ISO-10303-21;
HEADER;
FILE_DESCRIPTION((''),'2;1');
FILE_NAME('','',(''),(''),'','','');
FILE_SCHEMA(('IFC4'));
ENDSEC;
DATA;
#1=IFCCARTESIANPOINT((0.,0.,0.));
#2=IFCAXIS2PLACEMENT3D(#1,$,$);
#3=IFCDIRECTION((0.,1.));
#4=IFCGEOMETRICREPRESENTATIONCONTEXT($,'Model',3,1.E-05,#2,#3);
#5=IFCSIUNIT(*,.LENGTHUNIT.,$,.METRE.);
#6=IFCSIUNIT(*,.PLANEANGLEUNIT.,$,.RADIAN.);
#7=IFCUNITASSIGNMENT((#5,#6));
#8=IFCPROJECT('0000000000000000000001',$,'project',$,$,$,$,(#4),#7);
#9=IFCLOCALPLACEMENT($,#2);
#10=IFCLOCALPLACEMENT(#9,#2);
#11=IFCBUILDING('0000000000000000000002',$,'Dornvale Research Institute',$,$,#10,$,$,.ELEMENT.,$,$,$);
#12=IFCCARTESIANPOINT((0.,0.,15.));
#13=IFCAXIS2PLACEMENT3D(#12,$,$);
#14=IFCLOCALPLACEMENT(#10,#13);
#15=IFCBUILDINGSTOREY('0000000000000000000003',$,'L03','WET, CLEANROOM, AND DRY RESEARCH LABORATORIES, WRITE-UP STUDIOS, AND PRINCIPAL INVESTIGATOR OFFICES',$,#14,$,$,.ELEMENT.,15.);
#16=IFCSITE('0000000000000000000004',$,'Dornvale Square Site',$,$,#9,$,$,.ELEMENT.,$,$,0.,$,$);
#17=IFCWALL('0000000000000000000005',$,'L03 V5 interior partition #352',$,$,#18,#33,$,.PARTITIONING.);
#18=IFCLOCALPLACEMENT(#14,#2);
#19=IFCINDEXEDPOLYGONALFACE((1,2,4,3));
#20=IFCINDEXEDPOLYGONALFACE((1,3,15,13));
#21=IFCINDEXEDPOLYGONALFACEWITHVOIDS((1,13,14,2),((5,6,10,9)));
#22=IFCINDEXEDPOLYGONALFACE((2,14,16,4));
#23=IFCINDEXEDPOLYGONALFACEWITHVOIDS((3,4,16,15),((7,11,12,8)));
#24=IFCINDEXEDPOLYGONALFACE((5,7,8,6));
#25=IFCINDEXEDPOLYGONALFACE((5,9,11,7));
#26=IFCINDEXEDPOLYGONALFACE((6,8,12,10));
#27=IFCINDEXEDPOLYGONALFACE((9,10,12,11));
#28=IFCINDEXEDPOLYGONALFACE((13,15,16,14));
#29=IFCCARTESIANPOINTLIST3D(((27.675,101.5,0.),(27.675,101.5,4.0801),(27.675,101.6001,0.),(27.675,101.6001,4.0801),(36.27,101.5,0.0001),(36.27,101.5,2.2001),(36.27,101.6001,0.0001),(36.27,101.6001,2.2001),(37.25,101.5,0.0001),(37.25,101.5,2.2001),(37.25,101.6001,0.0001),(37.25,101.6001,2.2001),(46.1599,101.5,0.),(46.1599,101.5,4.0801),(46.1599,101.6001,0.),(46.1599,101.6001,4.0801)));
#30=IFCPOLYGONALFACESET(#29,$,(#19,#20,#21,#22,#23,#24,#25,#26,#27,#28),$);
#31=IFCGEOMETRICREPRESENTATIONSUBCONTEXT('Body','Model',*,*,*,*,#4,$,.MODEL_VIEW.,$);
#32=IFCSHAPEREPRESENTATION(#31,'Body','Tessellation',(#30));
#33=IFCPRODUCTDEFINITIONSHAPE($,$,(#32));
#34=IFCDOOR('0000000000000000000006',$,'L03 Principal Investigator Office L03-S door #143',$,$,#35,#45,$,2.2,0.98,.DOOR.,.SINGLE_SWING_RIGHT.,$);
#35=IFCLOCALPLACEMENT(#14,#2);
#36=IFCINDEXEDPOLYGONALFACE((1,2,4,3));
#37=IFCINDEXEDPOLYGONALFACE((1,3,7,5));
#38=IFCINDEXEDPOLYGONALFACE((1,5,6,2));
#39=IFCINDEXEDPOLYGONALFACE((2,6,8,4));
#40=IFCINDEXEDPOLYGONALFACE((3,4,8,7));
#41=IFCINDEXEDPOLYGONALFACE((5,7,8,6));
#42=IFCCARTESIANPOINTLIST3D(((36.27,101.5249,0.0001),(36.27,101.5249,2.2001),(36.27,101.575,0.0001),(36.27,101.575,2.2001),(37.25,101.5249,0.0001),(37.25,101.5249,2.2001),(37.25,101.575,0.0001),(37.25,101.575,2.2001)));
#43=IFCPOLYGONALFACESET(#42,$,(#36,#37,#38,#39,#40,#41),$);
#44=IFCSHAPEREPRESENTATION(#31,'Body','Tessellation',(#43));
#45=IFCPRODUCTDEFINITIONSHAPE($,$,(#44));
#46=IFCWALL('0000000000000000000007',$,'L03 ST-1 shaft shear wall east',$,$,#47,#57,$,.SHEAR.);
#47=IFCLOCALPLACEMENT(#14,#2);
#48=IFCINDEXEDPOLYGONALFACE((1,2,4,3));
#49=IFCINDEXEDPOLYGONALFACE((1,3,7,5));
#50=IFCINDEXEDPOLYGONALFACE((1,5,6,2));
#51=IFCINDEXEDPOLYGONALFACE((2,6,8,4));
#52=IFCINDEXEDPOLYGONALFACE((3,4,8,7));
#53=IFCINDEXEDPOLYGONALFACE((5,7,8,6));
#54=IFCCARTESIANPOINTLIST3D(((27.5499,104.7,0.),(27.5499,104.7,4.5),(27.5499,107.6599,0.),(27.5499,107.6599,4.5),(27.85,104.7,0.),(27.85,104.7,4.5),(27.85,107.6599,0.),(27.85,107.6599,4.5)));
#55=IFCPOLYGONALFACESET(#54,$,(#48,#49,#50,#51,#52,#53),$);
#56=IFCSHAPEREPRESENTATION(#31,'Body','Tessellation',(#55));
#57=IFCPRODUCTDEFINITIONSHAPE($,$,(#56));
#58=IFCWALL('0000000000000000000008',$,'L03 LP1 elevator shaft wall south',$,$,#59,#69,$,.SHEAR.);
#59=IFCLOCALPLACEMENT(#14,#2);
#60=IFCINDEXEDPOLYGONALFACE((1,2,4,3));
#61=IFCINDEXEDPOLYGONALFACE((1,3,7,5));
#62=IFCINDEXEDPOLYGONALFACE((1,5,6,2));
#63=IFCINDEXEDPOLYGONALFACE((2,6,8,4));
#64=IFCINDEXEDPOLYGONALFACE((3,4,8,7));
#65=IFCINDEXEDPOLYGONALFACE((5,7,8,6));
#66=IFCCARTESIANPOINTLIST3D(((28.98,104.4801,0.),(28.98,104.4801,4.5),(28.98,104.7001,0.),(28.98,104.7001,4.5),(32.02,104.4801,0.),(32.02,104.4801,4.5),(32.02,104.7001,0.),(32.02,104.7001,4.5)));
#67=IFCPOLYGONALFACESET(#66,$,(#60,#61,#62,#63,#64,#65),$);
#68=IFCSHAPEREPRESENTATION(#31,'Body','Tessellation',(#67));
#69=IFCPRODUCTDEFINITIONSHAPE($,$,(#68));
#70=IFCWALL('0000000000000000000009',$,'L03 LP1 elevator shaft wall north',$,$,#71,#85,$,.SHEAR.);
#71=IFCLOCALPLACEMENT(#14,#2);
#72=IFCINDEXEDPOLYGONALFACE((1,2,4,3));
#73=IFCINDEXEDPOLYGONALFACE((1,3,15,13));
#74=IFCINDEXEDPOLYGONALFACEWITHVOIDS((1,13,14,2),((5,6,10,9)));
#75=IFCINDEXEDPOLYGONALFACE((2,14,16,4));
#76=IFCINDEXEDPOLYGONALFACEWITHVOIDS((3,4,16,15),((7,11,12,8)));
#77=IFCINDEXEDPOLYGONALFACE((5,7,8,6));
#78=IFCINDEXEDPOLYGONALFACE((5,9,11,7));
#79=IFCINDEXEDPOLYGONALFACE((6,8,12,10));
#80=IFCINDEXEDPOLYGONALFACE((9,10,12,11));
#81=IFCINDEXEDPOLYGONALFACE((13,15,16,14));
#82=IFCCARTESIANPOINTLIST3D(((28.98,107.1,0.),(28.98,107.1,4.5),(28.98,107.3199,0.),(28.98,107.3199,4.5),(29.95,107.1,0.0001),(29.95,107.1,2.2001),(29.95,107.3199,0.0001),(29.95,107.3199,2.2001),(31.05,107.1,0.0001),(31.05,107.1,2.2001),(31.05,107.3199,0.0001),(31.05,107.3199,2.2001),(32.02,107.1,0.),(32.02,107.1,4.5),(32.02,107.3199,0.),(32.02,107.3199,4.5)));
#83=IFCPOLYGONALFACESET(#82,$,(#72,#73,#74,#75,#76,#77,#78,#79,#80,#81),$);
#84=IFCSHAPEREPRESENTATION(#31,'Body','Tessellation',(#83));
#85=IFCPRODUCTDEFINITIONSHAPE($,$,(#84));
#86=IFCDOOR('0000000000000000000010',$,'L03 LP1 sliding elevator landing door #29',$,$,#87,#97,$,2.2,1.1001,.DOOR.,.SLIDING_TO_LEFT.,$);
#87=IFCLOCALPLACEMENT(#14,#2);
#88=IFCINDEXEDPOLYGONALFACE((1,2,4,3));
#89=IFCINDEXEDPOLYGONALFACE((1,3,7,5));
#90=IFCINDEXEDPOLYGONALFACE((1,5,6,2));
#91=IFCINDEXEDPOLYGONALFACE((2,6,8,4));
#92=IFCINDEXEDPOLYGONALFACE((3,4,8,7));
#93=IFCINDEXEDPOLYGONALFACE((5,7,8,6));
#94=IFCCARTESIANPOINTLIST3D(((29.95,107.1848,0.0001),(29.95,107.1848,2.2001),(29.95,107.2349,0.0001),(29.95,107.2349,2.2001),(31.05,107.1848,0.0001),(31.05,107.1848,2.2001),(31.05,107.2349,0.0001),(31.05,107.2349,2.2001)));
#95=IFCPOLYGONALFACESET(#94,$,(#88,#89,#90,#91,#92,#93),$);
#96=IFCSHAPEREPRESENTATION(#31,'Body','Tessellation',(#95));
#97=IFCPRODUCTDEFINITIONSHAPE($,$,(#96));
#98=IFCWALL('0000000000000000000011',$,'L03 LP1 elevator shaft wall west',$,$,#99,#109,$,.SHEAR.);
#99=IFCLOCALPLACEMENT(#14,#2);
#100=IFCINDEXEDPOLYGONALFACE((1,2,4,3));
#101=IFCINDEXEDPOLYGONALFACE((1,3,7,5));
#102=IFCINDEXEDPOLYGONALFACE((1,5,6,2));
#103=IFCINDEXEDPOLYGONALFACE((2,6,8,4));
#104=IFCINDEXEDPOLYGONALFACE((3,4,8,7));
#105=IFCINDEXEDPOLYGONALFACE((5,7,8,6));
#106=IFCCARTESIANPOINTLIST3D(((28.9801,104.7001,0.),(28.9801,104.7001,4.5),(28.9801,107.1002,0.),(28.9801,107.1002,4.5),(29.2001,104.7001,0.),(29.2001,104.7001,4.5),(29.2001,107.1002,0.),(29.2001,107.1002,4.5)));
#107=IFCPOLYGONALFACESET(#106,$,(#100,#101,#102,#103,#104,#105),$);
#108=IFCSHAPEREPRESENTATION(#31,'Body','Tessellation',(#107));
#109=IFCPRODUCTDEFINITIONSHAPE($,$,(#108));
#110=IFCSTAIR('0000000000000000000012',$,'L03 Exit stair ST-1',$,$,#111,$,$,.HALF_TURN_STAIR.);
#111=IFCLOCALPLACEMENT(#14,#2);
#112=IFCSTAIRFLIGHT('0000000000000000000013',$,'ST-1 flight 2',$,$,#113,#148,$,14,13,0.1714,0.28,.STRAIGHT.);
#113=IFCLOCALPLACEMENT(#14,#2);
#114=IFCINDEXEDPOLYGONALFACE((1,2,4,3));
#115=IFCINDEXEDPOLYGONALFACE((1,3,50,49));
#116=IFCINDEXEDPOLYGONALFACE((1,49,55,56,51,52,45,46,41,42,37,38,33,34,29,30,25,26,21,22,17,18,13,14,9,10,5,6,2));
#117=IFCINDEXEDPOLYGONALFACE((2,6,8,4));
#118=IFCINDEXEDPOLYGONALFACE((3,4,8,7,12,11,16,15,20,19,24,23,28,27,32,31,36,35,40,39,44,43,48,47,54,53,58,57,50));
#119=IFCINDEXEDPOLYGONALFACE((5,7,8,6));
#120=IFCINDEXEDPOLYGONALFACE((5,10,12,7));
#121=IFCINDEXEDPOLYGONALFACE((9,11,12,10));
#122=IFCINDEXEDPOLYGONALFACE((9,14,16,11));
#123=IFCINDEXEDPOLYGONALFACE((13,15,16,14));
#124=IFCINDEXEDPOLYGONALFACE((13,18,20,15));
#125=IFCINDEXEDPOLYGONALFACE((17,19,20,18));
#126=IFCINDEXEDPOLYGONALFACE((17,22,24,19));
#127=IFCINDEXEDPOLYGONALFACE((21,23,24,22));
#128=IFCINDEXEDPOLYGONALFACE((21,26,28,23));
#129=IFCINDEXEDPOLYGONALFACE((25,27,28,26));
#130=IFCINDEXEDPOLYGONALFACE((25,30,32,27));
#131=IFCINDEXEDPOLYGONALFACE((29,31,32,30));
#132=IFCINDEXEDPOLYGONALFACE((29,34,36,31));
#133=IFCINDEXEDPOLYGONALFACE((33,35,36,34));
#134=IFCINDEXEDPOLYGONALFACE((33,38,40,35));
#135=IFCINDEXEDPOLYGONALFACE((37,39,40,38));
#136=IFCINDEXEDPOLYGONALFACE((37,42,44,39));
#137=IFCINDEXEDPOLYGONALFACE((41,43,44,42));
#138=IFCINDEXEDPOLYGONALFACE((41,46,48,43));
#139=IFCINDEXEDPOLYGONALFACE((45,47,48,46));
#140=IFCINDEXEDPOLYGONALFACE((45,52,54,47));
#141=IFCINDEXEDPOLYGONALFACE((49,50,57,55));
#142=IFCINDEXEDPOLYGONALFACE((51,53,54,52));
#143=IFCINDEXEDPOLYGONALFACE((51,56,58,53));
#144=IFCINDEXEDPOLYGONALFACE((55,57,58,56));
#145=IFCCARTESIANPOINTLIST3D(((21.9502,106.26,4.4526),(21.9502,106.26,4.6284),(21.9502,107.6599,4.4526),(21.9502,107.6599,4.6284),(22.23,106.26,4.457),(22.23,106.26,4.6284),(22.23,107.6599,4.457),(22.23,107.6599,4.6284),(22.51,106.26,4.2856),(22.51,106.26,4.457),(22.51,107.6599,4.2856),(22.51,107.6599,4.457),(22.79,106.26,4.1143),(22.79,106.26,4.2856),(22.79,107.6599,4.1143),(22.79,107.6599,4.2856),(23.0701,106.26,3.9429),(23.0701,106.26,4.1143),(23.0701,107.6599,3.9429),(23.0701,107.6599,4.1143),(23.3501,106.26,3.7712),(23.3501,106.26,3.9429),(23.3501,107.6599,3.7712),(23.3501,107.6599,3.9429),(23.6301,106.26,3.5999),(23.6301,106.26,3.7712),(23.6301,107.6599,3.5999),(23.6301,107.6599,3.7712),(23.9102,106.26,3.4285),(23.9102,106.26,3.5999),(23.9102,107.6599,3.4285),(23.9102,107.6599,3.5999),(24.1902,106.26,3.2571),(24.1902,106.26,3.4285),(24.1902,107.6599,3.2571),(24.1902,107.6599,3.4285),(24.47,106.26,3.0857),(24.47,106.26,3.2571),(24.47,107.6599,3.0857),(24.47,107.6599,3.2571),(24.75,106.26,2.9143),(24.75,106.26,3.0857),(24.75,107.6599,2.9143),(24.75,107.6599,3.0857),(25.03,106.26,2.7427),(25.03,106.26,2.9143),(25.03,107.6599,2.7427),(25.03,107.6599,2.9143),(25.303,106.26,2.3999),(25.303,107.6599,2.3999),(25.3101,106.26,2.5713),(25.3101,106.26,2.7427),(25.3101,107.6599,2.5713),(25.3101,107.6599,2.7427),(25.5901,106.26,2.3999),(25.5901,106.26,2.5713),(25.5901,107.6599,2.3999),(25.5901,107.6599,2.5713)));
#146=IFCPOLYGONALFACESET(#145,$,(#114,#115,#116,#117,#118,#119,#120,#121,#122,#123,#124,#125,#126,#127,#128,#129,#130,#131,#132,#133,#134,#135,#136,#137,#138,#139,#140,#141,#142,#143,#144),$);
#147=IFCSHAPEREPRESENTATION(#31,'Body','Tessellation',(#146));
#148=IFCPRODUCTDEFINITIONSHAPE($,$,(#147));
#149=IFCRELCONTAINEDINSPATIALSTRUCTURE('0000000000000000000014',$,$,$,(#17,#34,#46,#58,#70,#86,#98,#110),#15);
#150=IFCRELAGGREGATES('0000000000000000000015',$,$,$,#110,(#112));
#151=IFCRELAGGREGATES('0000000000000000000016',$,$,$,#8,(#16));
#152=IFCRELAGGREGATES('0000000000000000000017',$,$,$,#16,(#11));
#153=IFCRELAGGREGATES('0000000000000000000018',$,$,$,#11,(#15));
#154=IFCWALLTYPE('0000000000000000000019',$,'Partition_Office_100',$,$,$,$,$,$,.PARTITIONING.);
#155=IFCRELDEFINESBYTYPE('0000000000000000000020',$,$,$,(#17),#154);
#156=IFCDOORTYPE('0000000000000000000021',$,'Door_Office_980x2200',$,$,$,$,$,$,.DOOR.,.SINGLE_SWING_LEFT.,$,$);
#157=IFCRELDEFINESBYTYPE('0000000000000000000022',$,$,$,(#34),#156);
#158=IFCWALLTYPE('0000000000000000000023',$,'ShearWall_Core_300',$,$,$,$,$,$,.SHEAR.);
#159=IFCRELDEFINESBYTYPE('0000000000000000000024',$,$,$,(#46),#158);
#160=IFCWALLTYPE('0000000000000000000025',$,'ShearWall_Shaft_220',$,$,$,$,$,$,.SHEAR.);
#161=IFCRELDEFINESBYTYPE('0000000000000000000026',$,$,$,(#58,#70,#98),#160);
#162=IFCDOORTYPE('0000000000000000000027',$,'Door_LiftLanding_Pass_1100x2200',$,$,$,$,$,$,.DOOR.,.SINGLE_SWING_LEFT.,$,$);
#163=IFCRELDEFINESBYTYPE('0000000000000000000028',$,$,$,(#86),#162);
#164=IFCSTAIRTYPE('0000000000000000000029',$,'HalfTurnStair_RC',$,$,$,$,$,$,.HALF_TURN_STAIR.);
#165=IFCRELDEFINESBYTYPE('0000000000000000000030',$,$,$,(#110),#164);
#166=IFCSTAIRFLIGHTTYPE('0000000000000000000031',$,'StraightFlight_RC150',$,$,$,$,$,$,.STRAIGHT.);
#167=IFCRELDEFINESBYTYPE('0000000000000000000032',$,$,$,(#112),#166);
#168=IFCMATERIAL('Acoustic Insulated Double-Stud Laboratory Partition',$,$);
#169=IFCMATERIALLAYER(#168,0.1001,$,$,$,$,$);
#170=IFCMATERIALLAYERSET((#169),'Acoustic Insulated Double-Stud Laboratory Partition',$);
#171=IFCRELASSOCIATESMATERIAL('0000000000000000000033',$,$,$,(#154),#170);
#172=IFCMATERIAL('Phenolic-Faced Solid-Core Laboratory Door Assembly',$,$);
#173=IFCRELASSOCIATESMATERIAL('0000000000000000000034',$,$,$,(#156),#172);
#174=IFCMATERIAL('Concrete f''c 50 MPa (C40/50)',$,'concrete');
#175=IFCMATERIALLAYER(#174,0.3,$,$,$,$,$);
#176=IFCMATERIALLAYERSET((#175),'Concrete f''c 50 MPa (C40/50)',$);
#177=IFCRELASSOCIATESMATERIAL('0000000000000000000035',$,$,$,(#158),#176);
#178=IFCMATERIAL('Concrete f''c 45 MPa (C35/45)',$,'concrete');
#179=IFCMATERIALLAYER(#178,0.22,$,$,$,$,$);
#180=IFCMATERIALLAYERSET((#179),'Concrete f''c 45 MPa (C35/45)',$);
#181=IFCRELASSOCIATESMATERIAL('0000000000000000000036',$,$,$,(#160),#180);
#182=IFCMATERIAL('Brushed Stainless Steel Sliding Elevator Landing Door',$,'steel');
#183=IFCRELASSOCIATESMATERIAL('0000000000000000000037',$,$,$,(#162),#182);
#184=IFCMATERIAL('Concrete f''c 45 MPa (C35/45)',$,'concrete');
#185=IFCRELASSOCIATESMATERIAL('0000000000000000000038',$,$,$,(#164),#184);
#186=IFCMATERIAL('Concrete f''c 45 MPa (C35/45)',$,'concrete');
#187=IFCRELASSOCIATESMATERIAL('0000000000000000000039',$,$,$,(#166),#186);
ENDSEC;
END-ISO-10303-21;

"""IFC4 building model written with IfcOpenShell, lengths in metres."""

from ifc_helpers import new_model, si_unit, direction, frame, frame_2d, origin, place, context, subcontext, project, spatial, polyline, rectangle, outline, extrude, material, layer, layer_set, type_object, element, fill, aggregate, save


model = new_model("IFC4")

# Units and contexts
model_context = context("Model", 3, precision=1e-05, world=origin(), true_north=direction((0.0, 1.0)))
body_context = subcontext(model_context, "Body", "Model", "MODEL_VIEW")
ifc_project = project(units=[si_unit("LENGTHUNIT", "METRE"), si_unit("PLANEANGLEUNIT", "RADIAN")], contexts=[model_context])

# Site, building, storey
site_placement = place(None, origin())
site = spatial("IfcSite", under=ifc_project, at=site_placement, Name="Dornvale Square Site", CompositionType="ELEMENT", RefElevation=0.0)
building_placement = place(site_placement, origin())
building = spatial("IfcBuilding", under=site, at=building_placement, Name="Dornvale Research Institute", CompositionType="ELEMENT")
storey_placement = place(building_placement, frame((0.0, 0.0, 15.0)))
storey = spatial("IfcBuildingStorey", under=building, at=storey_placement, Name="L03", Description="WET, CLEANROOM, AND DRY RESEARCH LABORATORIES, WRITE-UP STUDIOS, AND PRINCIPAL INVESTIGATOR OFFICES", CompositionType="ELEMENT", Elevation=15.0)

# Shared definitions
ifc_material_1 = material(Name="Acoustic Insulated Double-Stud Laboratory Partition")
ifc_layer_1 = layer(ifc_material_1, 0.1001)
ifc_layer_set_1 = layer_set([ifc_layer_1], Name="Acoustic Insulated Double-Stud Laboratory Partition")
wall_type_1 = type_object("IfcWallType", Name="Partition_Office_100", PredefinedType="PARTITIONING", material=ifc_layer_set_1)

# Wall, opening, door
wall_1_placement = place(storey_placement, frame((27.675, 101.55, 0.0), z_axis=(0.0, 0.0, 1.0), x_axis=(1.0, 0.0, 0.0)))
wall_1 = element("IfcWall", 1, at=wall_1_placement, inside=storey, type_object=wall_type_1, Name="L03 V5 interior partition #352", PredefinedType="PARTITIONING", context=body_context, shape_type="SweptSolid", body=[
    extrude(rectangle(XDim=18.4849, YDim=0.1001, at=frame_2d((9.2424, 0.0))), origin(), (0.0, 0.0, 1.0), 4.0801),
])
opening_1_placement = place(wall_1_placement, frame((8.595, 0.0, 0.0)))
opening_1 = element("IfcOpeningElement", 2, at=opening_1_placement, cuts=wall_1, PredefinedType="OPENING", context=body_context, shape_type="SweptSolid", body=[
    extrude(rectangle(XDim=0.98, YDim=2.2, at=frame_2d((0.49, 1.1001))), frame((0.0, 0.0649, 0.0), z_axis=(0.0, -1.0, 0.0), x_axis=(1.0, 0.0, 0.0)), (0.0, 0.0, 1.0), 0.1301),
])
ifc_material_2 = material(Name="Phenolic-Faced Solid-Core Laboratory Door Assembly")
door_type_1 = type_object("IfcDoorType", Name="Door_Office_980x2200", OperationType="SINGLE_SWING_LEFT", PredefinedType="DOOR", material=ifc_material_2)
door_1_placement = place(opening_1_placement, origin())
door_1 = element("IfcDoor", 3, at=door_1_placement, inside=storey, type_object=door_type_1, Name="L03 Principal Investigator Office L03-S door #143", OperationType="SINGLE_SWING_RIGHT", OverallHeight=2.2, OverallWidth=0.98, PredefinedType="DOOR", context=body_context, shape_type="SweptSolid", body=[
    extrude(rectangle(XDim=0.98, YDim=2.2, at=frame_2d((0.49, 1.1001))), frame((0.0, 0.0249, 0.0), z_axis=(0.0, -1.0, 0.0), x_axis=(1.0, 0.0, 0.0)), (0.0, 0.0, 1.0), 0.05),
])
fill(opening_1, door_1)

# Walls
ifc_material_3 = material(Name="Concrete f'c 50 MPa (C40/50)", Category="concrete")
ifc_layer_2 = layer(ifc_material_3, 0.3)
ifc_layer_set_2 = layer_set([ifc_layer_2], Name="Concrete f'c 50 MPa (C40/50)")
wall_type_2 = type_object("IfcWallType", Name="ShearWall_Core_300", PredefinedType="SHEAR", material=ifc_layer_set_2)
wall_2_placement = place(storey_placement, frame((27.7, 104.7, 0.0), z_axis=(0.0, 0.0, 1.0), x_axis=(0.0, 1.0, 0.0)))
element("IfcWall", 4, at=wall_2_placement, inside=storey, type_object=wall_type_2, Name="L03 ST-1 shaft shear wall east", PredefinedType="SHEAR", context=body_context, shape_type="SweptSolid", body=[
    extrude(rectangle(XDim=2.96, YDim=0.3, at=frame_2d((1.48, 0.0))), origin(), (0.0, 0.0, 1.0), 4.5),
])
ifc_material_4 = material(Name="Concrete f'c 45 MPa (C35/45)", Category="concrete")
ifc_layer_3 = layer(ifc_material_4, 0.22)
ifc_layer_set_3 = layer_set([ifc_layer_3], Name="Concrete f'c 45 MPa (C35/45)")
wall_type_3 = type_object("IfcWallType", Name="ShearWall_Shaft_220", PredefinedType="SHEAR", material=ifc_layer_set_3)
wall_3_placement = place(storey_placement, frame((28.98, 104.5901, 0.0), z_axis=(0.0, 0.0, 1.0), x_axis=(1.0, 0.0, 0.0)))
element("IfcWall", 5, at=wall_3_placement, inside=storey, type_object=wall_type_3, Name="L03 LP1 elevator shaft wall south", PredefinedType="SHEAR", context=body_context, shape_type="SweptSolid", body=[
    extrude(rectangle(XDim=3.04, YDim=0.22, at=frame_2d((1.52, 0.0))), origin(), (0.0, 0.0, 1.0), 4.5),
])

# Wall, opening, door
wall_4_placement = place(storey_placement, frame((28.98, 107.21, 0.0), z_axis=(0.0, 0.0, 1.0), x_axis=(1.0, 0.0, 0.0)))
wall_4 = element("IfcWall", 6, at=wall_4_placement, inside=storey, type_object=wall_type_3, Name="L03 LP1 elevator shaft wall north", PredefinedType="SHEAR", context=body_context, shape_type="SweptSolid", body=[
    extrude(rectangle(XDim=3.04, YDim=0.22, at=frame_2d((1.52, 0.0))), origin(), (0.0, 0.0, 1.0), 4.5),
])
opening_2_placement = place(wall_4_placement, frame((0.97, 0.0, 0.0)))
opening_2 = element("IfcOpeningElement", 7, at=opening_2_placement, cuts=wall_4, PredefinedType="OPENING", context=body_context, shape_type="SweptSolid", body=[
    extrude(rectangle(XDim=1.1001, YDim=2.2, at=frame_2d((0.55, 1.1001))), frame((0.0, 0.125, 0.0), z_axis=(0.0, -1.0, 0.0), x_axis=(1.0, 0.0, 0.0)), (0.0, 0.0, 1.0), 0.25),
])
ifc_material_5 = material(Name="Brushed Stainless Steel Sliding Elevator Landing Door", Category="steel")
door_type_2 = type_object("IfcDoorType", Name="Door_LiftLanding_Pass_1100x2200", OperationType="SINGLE_SWING_LEFT", PredefinedType="DOOR", material=ifc_material_5)
door_2_placement = place(opening_2_placement, origin())
door_2 = element("IfcDoor", 8, at=door_2_placement, inside=storey, type_object=door_type_2, Name="L03 LP1 sliding elevator landing door #29", OperationType="SLIDING_TO_LEFT", OverallHeight=2.2, OverallWidth=1.1001, PredefinedType="DOOR", context=body_context, shape_type="SweptSolid", body=[
    extrude(rectangle(XDim=1.1001, YDim=2.2, at=frame_2d((0.55, 1.1001))), frame((0.0, 0.0249, 0.0), z_axis=(0.0, -1.0, 0.0), x_axis=(1.0, 0.0, 0.0)), (0.0, 0.0, 1.0), 0.05),
])
fill(opening_2, door_2)

# Wall
wall_5_placement = place(storey_placement, frame((29.0901, 104.7, 0.0), z_axis=(0.0, 0.0, 1.0), x_axis=(0.0, 1.0, 0.0)))
element("IfcWall", 9, at=wall_5_placement, inside=storey, type_object=wall_type_3, Name="L03 LP1 elevator shaft wall west", PredefinedType="SHEAR", context=body_context, shape_type="SweptSolid", body=[
    extrude(rectangle(XDim=2.4001, YDim=0.22, at=frame_2d((1.2002, 0.0))), origin(), (0.0, 0.0, 1.0), 4.5),
])

# Stair, stair flight
ifc_material_6 = material(Name="Concrete f'c 45 MPa (C35/45)", Category="concrete")
stair_type = type_object("IfcStairType", Name="HalfTurnStair_RC", PredefinedType="HALF_TURN_STAIR", material=ifc_material_6)
stair_placement = place(storey_placement, origin())
stair = element("IfcStair", 10, at=stair_placement, inside=storey, type_object=stair_type, Name="L03 Exit stair ST-1", PredefinedType="HALF_TURN_STAIR")
ifc_material_7 = material(Name="Concrete f'c 45 MPa (C35/45)", Category="concrete")
stair_flight_type = type_object("IfcStairFlightType", Name="StraightFlight_RC150", PredefinedType="STRAIGHT", material=ifc_material_7)
stair_flight_placement = place(storey_placement, frame((25.5901, 106.96, 2.3999), z_axis=(0.0, 0.0, 1.0), x_axis=(-1.0, 0.0, 0.0)))
stair_flight = element("IfcStairFlight", 11, at=stair_flight_placement, type_object=stair_flight_type, Name="ST-1 flight 2", NumberOfRisers=14, NumberOfTreads=13, PredefinedType="STRAIGHT", RiserHeight=0.1714, TreadLength=0.28, context=body_context, shape_type="SweptSolid", body=[
    extrude(outline(polyline([(0.0, 0.0), (0.0, 0.1714), (0.28, 0.1714), (0.28, 0.3428), (0.5601, 0.3428), (0.5601, 0.5144), (0.8401, 0.5144), (0.8401, 0.6858), (1.1201, 0.6858), (1.1201, 0.8572), (1.3999, 0.8572), (1.3999, 1.0286), (1.6799, 1.0286), (1.6799, 1.2), (1.96, 1.2), (1.96, 1.3713), (2.24, 1.3713), (2.24, 1.543), (2.52, 1.543), (2.52, 1.7144), (2.8, 1.7144), (2.8, 1.8857), (3.0801, 1.8857), (3.0801, 2.0571), (3.3601, 2.0571), (3.3601, 2.2285), (3.6399, 2.2285), (3.6399, 2.3999), (3.6399, 2.0527), (0.2871, 0.0), (0.0, 0.0)])), frame((0.0, 0.7, 0.0), z_axis=(0.0, -1.0, 0.0), x_axis=(1.0, 0.0, 0.0)), (0.0, 0.0, 1.0), 1.3999),
])
aggregate(stair, [stair_flight])

save(model, "model.ifc")
